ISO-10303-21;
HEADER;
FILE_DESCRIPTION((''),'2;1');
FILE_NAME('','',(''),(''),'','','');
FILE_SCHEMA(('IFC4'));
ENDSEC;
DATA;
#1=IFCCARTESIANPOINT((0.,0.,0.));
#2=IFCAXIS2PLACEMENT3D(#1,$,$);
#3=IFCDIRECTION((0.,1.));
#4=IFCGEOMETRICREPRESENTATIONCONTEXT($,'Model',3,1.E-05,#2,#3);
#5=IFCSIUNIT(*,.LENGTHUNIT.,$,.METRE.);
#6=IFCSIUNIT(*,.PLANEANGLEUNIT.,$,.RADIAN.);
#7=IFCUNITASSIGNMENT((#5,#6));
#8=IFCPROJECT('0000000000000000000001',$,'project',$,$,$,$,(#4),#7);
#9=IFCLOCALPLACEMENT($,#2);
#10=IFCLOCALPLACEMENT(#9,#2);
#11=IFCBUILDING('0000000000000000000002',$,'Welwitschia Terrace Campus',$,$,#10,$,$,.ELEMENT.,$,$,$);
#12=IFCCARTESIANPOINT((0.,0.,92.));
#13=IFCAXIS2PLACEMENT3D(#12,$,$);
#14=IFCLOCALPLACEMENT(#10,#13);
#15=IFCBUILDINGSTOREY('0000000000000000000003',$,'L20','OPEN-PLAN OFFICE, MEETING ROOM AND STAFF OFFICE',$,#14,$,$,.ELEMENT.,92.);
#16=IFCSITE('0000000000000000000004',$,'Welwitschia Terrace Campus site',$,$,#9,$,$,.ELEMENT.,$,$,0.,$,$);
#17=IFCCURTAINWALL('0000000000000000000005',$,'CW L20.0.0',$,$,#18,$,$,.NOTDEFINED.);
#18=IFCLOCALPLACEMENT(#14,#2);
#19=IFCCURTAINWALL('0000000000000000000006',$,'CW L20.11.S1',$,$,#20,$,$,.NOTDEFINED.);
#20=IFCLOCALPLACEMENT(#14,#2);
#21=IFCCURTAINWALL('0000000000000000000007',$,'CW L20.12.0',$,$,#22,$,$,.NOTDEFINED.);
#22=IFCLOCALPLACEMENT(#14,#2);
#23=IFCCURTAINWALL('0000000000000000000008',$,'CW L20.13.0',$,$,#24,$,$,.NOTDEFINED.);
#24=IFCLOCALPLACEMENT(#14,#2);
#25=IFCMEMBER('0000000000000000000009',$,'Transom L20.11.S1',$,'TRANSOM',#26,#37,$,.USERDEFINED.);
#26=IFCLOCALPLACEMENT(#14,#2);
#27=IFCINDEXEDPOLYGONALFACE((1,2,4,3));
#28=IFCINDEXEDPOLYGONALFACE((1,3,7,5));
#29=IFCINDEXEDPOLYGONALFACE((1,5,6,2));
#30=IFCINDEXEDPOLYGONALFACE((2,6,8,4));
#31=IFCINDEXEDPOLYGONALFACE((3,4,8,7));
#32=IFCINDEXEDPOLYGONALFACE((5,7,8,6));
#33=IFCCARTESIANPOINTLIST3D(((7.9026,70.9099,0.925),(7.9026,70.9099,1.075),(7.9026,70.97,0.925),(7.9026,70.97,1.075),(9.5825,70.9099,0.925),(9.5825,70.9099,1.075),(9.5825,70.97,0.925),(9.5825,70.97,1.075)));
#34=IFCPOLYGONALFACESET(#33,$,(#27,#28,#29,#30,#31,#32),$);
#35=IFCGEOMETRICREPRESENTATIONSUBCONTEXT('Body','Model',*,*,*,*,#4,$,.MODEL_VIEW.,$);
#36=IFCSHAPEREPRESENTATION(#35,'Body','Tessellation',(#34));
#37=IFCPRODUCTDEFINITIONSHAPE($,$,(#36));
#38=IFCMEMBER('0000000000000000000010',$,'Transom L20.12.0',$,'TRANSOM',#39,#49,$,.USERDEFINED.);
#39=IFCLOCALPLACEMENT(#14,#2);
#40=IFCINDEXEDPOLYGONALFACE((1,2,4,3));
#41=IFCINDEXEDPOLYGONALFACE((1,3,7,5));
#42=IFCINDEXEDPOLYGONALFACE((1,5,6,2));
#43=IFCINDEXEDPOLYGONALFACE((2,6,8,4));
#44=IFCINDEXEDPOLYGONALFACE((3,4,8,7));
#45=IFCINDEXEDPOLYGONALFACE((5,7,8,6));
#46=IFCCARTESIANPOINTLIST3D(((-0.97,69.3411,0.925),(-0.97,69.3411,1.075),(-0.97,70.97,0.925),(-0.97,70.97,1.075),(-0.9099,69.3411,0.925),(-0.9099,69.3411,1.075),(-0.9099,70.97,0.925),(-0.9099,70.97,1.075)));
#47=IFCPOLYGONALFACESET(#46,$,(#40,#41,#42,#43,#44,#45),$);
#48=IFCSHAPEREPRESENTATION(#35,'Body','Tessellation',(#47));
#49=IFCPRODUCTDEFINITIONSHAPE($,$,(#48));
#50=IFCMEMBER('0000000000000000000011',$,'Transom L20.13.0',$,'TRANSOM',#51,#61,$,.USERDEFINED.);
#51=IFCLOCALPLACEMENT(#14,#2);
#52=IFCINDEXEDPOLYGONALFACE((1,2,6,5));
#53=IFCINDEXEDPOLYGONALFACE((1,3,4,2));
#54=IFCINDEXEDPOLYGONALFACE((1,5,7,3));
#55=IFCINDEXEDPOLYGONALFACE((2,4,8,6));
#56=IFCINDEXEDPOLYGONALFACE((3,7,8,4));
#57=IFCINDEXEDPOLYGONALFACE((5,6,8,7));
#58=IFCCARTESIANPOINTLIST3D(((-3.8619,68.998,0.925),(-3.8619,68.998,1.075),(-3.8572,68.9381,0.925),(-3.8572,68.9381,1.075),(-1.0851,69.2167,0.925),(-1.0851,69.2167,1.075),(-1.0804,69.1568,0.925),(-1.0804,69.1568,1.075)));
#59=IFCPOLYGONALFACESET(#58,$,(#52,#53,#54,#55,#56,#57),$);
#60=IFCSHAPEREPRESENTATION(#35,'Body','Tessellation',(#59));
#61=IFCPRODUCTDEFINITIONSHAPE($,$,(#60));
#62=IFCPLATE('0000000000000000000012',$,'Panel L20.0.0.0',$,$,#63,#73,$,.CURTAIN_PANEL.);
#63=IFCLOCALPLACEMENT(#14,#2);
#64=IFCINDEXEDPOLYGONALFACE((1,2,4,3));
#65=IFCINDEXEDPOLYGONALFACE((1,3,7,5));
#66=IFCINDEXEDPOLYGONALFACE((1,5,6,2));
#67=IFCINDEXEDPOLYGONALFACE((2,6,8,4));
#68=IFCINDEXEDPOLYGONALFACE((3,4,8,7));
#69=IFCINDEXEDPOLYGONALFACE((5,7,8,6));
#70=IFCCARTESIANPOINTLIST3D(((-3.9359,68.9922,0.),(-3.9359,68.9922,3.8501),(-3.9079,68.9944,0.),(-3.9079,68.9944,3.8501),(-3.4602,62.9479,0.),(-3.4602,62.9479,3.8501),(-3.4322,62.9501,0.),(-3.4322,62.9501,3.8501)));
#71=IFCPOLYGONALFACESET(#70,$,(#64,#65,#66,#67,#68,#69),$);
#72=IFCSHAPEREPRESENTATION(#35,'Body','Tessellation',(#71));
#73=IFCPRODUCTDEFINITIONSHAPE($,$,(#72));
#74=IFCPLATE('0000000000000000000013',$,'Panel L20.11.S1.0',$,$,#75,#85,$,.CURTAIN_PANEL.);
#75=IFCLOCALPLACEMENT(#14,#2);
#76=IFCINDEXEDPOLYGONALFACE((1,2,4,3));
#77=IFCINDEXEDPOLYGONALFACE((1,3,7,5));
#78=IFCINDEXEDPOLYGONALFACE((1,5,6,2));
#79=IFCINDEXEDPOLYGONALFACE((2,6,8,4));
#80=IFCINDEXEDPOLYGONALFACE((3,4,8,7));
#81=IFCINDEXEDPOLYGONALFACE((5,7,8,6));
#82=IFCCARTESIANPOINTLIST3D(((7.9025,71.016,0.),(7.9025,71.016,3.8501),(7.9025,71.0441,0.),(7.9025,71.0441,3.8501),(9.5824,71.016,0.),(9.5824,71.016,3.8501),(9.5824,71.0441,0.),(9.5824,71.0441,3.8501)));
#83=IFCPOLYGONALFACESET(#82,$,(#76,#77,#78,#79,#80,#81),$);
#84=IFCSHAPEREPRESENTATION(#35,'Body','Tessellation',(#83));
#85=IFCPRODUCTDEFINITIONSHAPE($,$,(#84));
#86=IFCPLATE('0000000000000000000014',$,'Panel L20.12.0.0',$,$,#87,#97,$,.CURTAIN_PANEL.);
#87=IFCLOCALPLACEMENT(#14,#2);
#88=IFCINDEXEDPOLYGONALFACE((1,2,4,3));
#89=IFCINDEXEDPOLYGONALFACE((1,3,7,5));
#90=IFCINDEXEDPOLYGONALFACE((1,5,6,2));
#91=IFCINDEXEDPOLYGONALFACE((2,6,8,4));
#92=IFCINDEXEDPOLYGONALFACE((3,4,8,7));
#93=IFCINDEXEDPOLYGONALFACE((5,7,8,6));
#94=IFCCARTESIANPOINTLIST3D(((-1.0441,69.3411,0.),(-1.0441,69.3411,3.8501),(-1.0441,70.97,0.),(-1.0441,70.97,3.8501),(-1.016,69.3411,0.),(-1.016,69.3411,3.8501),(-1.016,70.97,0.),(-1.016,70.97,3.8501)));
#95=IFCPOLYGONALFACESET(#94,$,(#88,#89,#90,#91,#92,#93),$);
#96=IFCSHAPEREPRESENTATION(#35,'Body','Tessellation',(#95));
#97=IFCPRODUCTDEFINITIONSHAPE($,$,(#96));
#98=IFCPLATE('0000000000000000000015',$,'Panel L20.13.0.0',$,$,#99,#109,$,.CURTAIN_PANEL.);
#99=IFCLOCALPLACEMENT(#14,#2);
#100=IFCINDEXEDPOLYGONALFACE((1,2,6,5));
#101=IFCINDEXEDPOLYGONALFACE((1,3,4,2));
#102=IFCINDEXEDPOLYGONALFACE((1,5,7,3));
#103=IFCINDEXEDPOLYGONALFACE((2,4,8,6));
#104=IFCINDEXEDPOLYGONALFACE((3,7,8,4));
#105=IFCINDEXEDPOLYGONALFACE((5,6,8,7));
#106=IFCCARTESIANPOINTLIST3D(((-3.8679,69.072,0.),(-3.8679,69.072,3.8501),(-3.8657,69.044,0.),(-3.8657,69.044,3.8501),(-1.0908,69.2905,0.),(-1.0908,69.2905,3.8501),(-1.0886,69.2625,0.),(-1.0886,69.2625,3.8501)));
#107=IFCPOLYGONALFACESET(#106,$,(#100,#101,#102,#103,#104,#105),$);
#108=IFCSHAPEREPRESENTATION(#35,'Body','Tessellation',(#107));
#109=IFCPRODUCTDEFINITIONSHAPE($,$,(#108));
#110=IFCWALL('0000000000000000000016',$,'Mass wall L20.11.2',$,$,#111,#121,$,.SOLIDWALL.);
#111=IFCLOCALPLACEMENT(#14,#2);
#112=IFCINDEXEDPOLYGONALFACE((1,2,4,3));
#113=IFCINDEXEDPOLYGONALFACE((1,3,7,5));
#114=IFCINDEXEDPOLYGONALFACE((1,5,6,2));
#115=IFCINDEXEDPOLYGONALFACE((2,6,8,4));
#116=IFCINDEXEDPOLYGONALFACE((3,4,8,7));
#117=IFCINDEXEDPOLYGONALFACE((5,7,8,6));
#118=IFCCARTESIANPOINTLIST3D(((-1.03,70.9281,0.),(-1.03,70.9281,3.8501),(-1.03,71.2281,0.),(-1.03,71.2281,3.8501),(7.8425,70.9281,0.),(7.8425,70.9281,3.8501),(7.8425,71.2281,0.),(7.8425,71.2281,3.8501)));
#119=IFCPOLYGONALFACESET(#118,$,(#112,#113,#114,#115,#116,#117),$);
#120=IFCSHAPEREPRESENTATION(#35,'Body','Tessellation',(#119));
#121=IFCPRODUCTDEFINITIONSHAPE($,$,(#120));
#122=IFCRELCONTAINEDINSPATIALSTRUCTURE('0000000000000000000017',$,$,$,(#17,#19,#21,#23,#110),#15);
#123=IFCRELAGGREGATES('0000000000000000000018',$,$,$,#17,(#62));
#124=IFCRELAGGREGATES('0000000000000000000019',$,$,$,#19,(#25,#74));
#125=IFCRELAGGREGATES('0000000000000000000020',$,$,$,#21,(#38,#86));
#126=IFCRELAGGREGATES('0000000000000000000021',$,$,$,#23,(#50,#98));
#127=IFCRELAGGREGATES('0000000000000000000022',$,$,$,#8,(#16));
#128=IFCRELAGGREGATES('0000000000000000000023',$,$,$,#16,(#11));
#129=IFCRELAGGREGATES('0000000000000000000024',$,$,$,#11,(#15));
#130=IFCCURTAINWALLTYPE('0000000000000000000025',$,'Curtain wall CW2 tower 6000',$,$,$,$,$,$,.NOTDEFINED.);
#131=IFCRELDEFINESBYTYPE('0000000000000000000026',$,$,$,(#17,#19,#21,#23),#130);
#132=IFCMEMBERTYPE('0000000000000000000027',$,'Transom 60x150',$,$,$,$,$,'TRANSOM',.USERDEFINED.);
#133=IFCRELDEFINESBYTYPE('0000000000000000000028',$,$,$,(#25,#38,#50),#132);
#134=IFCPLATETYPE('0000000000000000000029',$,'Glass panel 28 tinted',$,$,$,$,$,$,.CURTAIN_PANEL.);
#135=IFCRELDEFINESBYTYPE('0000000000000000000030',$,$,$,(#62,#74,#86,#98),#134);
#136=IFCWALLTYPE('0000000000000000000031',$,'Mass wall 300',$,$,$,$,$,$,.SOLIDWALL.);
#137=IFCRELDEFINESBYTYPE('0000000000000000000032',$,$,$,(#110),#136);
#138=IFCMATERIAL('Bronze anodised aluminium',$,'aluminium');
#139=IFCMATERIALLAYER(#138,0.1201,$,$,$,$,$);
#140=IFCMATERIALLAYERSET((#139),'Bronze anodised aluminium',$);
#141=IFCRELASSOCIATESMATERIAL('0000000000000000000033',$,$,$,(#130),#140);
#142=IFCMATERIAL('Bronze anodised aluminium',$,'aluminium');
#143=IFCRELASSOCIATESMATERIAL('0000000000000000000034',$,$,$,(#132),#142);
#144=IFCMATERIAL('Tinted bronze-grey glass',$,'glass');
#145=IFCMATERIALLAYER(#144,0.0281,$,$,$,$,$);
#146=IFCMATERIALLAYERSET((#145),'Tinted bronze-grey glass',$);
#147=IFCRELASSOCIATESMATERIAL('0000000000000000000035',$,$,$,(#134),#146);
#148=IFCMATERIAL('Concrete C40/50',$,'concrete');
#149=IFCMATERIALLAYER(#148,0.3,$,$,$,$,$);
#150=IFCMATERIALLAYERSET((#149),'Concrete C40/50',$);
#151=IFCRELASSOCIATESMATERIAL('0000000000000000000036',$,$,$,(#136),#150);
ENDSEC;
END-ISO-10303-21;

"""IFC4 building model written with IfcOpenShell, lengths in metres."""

from ifc_helpers import new_model, si_unit, direction, frame, frame_2d, origin, origin_2d, place, context, subcontext, project, spatial, rectangle, extrude, material, layer, layer_set, material_profile, profile_set, type_object, element, aggregate, save


model = new_model("IFC4")

# Units and contexts
model_context = context("Model", 3, precision=1e-05, world=origin(), true_north=direction((0.0, 1.0)))
body_context = subcontext(model_context, "Body", "Model", "MODEL_VIEW")
ifc_project = project(units=[si_unit("LENGTHUNIT", "METRE"), si_unit("PLANEANGLEUNIT", "RADIAN")], contexts=[model_context])

# Site, building, storey
site_placement = place(None, origin())
site = spatial("IfcSite", under=ifc_project, at=site_placement, Name="Welwitschia Terrace Campus site", CompositionType="ELEMENT", RefElevation=0.0)
building_placement = place(site_placement, origin())
building = spatial("IfcBuilding", under=site, at=building_placement, Name="Welwitschia Terrace Campus", CompositionType="ELEMENT")
storey_placement = place(building_placement, frame((0.0, 0.0, 92.0)))
storey = spatial("IfcBuildingStorey", under=building, at=storey_placement, Name="L20", Description="OPEN-PLAN OFFICE, MEETING ROOM AND STAFF OFFICE", CompositionType="ELEMENT", Elevation=92.0)

# Curtain wall
ifc_material_1 = material(Name="Bronze anodised aluminium", Category="aluminium")
ifc_layer_1 = layer(ifc_material_1, 0.1201)
ifc_layer_set_1 = layer_set([ifc_layer_1], Name="Bronze anodised aluminium")
curtain_wall_type = type_object("IfcCurtainWallType", Name="Curtain wall CW2 tower 6000", PredefinedType="NOTDEFINED", material=ifc_layer_set_1)
curtain_wall_1_placement = place(storey_placement, origin())
curtain_wall_1 = element("IfcCurtainWall", 1, at=curtain_wall_1_placement, inside=storey, type_object=curtain_wall_type, Name="CW L20.0.0", PredefinedType="NOTDEFINED")

# Curtain walls
curtain_wall_2_placement = place(storey_placement, origin())
curtain_wall_2 = element("IfcCurtainWall", 2, at=curtain_wall_2_placement, inside=storey, type_object=curtain_wall_type, Name="CW L20.11.S1", PredefinedType="NOTDEFINED")
curtain_wall_3_placement = place(storey_placement, origin())
curtain_wall_3 = element("IfcCurtainWall", 3, at=curtain_wall_3_placement, inside=storey, type_object=curtain_wall_type, Name="CW L20.12.0", PredefinedType="NOTDEFINED")
curtain_wall_4_placement = place(storey_placement, origin())
curtain_wall_4 = element("IfcCurtainWall", 4, at=curtain_wall_4_placement, inside=storey, type_object=curtain_wall_type, Name="CW L20.13.0", PredefinedType="NOTDEFINED")

# Members
ifc_material_2 = material(Name="Bronze anodised aluminium", Category="aluminium")
ifc_material_profile_1 = material_profile(ifc_material_2, rectangle(XDim=0.0601, YDim=0.1499, at=origin_2d()))
ifc_profile_set_1 = profile_set([ifc_material_profile_1], Name="Bronze anodised aluminium")
member_type_1 = type_object("IfcMemberType", Name="Transom 60x150", ElementType="TRANSOM", PredefinedType="USERDEFINED", material=ifc_profile_set_1)
member_1_placement = place(storey_placement, frame((9.5825, 70.9399, 1.0), z_axis=(-1.0, 0.0, 0.0), x_axis=(0.0, -1.0, 0.0)))
member_1 = element("IfcMember", 5, at=member_1_placement, type_object=member_type_1, Name="Transom L20.11.S1", ObjectType="TRANSOM", PredefinedType="USERDEFINED", context=body_context, shape_type="SweptSolid", body=[
    extrude(rectangle(XDim=0.0601, YDim=0.1499, at=origin_2d()), origin(), (0.0, 0.0, 1.0), 1.6799),
])
member_2_placement = place(storey_placement, frame((-0.9399, 70.97, 1.0), z_axis=(0.0, -1.0, 0.0), x_axis=(1.0, 0.0, 0.0)))
member_2 = element("IfcMember", 6, at=member_2_placement, type_object=member_type_1, Name="Transom L20.12.0", ObjectType="TRANSOM", PredefinedType="USERDEFINED", context=body_context, shape_type="SweptSolid", body=[
    extrude(rectangle(XDim=0.0601, YDim=0.1499, at=origin_2d()), origin(), (0.0, 0.0, 1.0), 1.6289),
])
member_3_placement = place(storey_placement, frame((-1.0828, 69.1868, 1.0), z_axis=(-0.996912, -0.078533, 0.0), x_axis=(0.078533, -0.996912, 0.0)))
member_3 = element("IfcMember", 7, at=member_3_placement, type_object=member_type_1, Name="Transom L20.13.0", ObjectType="TRANSOM", PredefinedType="USERDEFINED", context=body_context, shape_type="SweptSolid", body=[
    extrude(rectangle(XDim=0.0601, YDim=0.1499, at=origin_2d()), origin(), (0.0, 0.0, 1.0), 2.7854),
])

# Plates
ifc_material_3 = material(Name="Tinted bronze-grey glass", Category="glass")
ifc_layer_2 = layer(ifc_material_3, 0.0281)
ifc_layer_set_2 = layer_set([ifc_layer_2], Name="Tinted bronze-grey glass")
plate_type = type_object("IfcPlateType", Name="Glass panel 28 tinted", PredefinedType="CURTAIN_PANEL", material=ifc_layer_set_2)
plate_1_placement = place(storey_placement, frame((-3.6841, 65.9712, 0.0), z_axis=(0.0, 0.0, 1.0), x_axis=(0.078459, -0.996917, 0.0)))
plate_1 = element("IfcPlate", 8, at=plate_1_placement, type_object=plate_type, Name="Panel L20.0.0.0", PredefinedType="CURTAIN_PANEL", context=body_context, shape_type="SweptSolid", body=[
    extrude(rectangle(XDim=6.063, YDim=0.0281, at=origin_2d()), origin(), (0.0, 0.0, 1.0), 3.8501),
])
aggregate(curtain_wall_1, [plate_1])
plate_2_placement = place(storey_placement, frame((8.7424, 71.03, 0.0), z_axis=(0.0, 0.0, 1.0), x_axis=(-1.0, 0.0, 0.0)))
plate_2 = element("IfcPlate", 9, at=plate_2_placement, type_object=plate_type, Name="Panel L20.11.S1.0", PredefinedType="CURTAIN_PANEL", context=body_context, shape_type="SweptSolid", body=[
    extrude(rectangle(XDim=1.6799, YDim=0.0281, at=origin_2d()), origin(), (0.0, 0.0, 1.0), 3.8501),
])
aggregate(curtain_wall_2, [member_1, plate_2])
plate_3_placement = place(storey_placement, frame((-1.03, 70.1555, 0.0), z_axis=(0.0, 0.0, 1.0), x_axis=(0.0, -1.0, 0.0)))
plate_3 = element("IfcPlate", 10, at=plate_3_placement, type_object=plate_type, Name="Panel L20.12.0.0", PredefinedType="CURTAIN_PANEL", context=body_context, shape_type="SweptSolid", body=[
    extrude(rectangle(XDim=1.6289, YDim=0.0281, at=origin_2d()), origin(), (0.0, 0.0, 1.0), 3.8501),
])
aggregate(curtain_wall_3, [member_2, plate_3])
plate_4_placement = place(storey_placement, frame((-2.4783, 69.1672, 0.0), z_axis=(0.0, 0.0, 1.0), x_axis=(-0.996917, -0.078459, 0.0)))
plate_4 = element("IfcPlate", 11, at=plate_4_placement, type_object=plate_type, Name="Panel L20.13.0.0", PredefinedType="CURTAIN_PANEL", context=body_context, shape_type="SweptSolid", body=[
    extrude(rectangle(XDim=2.7856, YDim=0.0281, at=origin_2d()), origin(), (0.0, 0.0, 1.0), 3.8501),
])
aggregate(curtain_wall_4, [member_3, plate_4])

# Wall
ifc_material_4 = material(Name="Concrete C40/50", Category="concrete")
ifc_layer_3 = layer(ifc_material_4, 0.3)
ifc_layer_set_3 = layer_set([ifc_layer_3], Name="Concrete C40/50")
wall_type = type_object("IfcWallType", Name="Mass wall 300", PredefinedType="SOLIDWALL", material=ifc_layer_set_3)
wall_placement = place(storey_placement, frame((7.8425, 71.0781, 0.0), z_axis=(0.0, 0.0, 1.0), x_axis=(-1.0, 0.0, 0.0)))
element("IfcWall", 12, at=wall_placement, inside=storey, type_object=wall_type, Name="Mass wall L20.11.2", PredefinedType="SOLIDWALL", context=body_context, shape_type="SweptSolid", body=[
    extrude(rectangle(XDim=8.8726, YDim=0.3, at=frame_2d((4.4363, 0.0))), origin(), (0.0, 0.0, 1.0), 3.8501),
])

save(model, "model.ifc")
